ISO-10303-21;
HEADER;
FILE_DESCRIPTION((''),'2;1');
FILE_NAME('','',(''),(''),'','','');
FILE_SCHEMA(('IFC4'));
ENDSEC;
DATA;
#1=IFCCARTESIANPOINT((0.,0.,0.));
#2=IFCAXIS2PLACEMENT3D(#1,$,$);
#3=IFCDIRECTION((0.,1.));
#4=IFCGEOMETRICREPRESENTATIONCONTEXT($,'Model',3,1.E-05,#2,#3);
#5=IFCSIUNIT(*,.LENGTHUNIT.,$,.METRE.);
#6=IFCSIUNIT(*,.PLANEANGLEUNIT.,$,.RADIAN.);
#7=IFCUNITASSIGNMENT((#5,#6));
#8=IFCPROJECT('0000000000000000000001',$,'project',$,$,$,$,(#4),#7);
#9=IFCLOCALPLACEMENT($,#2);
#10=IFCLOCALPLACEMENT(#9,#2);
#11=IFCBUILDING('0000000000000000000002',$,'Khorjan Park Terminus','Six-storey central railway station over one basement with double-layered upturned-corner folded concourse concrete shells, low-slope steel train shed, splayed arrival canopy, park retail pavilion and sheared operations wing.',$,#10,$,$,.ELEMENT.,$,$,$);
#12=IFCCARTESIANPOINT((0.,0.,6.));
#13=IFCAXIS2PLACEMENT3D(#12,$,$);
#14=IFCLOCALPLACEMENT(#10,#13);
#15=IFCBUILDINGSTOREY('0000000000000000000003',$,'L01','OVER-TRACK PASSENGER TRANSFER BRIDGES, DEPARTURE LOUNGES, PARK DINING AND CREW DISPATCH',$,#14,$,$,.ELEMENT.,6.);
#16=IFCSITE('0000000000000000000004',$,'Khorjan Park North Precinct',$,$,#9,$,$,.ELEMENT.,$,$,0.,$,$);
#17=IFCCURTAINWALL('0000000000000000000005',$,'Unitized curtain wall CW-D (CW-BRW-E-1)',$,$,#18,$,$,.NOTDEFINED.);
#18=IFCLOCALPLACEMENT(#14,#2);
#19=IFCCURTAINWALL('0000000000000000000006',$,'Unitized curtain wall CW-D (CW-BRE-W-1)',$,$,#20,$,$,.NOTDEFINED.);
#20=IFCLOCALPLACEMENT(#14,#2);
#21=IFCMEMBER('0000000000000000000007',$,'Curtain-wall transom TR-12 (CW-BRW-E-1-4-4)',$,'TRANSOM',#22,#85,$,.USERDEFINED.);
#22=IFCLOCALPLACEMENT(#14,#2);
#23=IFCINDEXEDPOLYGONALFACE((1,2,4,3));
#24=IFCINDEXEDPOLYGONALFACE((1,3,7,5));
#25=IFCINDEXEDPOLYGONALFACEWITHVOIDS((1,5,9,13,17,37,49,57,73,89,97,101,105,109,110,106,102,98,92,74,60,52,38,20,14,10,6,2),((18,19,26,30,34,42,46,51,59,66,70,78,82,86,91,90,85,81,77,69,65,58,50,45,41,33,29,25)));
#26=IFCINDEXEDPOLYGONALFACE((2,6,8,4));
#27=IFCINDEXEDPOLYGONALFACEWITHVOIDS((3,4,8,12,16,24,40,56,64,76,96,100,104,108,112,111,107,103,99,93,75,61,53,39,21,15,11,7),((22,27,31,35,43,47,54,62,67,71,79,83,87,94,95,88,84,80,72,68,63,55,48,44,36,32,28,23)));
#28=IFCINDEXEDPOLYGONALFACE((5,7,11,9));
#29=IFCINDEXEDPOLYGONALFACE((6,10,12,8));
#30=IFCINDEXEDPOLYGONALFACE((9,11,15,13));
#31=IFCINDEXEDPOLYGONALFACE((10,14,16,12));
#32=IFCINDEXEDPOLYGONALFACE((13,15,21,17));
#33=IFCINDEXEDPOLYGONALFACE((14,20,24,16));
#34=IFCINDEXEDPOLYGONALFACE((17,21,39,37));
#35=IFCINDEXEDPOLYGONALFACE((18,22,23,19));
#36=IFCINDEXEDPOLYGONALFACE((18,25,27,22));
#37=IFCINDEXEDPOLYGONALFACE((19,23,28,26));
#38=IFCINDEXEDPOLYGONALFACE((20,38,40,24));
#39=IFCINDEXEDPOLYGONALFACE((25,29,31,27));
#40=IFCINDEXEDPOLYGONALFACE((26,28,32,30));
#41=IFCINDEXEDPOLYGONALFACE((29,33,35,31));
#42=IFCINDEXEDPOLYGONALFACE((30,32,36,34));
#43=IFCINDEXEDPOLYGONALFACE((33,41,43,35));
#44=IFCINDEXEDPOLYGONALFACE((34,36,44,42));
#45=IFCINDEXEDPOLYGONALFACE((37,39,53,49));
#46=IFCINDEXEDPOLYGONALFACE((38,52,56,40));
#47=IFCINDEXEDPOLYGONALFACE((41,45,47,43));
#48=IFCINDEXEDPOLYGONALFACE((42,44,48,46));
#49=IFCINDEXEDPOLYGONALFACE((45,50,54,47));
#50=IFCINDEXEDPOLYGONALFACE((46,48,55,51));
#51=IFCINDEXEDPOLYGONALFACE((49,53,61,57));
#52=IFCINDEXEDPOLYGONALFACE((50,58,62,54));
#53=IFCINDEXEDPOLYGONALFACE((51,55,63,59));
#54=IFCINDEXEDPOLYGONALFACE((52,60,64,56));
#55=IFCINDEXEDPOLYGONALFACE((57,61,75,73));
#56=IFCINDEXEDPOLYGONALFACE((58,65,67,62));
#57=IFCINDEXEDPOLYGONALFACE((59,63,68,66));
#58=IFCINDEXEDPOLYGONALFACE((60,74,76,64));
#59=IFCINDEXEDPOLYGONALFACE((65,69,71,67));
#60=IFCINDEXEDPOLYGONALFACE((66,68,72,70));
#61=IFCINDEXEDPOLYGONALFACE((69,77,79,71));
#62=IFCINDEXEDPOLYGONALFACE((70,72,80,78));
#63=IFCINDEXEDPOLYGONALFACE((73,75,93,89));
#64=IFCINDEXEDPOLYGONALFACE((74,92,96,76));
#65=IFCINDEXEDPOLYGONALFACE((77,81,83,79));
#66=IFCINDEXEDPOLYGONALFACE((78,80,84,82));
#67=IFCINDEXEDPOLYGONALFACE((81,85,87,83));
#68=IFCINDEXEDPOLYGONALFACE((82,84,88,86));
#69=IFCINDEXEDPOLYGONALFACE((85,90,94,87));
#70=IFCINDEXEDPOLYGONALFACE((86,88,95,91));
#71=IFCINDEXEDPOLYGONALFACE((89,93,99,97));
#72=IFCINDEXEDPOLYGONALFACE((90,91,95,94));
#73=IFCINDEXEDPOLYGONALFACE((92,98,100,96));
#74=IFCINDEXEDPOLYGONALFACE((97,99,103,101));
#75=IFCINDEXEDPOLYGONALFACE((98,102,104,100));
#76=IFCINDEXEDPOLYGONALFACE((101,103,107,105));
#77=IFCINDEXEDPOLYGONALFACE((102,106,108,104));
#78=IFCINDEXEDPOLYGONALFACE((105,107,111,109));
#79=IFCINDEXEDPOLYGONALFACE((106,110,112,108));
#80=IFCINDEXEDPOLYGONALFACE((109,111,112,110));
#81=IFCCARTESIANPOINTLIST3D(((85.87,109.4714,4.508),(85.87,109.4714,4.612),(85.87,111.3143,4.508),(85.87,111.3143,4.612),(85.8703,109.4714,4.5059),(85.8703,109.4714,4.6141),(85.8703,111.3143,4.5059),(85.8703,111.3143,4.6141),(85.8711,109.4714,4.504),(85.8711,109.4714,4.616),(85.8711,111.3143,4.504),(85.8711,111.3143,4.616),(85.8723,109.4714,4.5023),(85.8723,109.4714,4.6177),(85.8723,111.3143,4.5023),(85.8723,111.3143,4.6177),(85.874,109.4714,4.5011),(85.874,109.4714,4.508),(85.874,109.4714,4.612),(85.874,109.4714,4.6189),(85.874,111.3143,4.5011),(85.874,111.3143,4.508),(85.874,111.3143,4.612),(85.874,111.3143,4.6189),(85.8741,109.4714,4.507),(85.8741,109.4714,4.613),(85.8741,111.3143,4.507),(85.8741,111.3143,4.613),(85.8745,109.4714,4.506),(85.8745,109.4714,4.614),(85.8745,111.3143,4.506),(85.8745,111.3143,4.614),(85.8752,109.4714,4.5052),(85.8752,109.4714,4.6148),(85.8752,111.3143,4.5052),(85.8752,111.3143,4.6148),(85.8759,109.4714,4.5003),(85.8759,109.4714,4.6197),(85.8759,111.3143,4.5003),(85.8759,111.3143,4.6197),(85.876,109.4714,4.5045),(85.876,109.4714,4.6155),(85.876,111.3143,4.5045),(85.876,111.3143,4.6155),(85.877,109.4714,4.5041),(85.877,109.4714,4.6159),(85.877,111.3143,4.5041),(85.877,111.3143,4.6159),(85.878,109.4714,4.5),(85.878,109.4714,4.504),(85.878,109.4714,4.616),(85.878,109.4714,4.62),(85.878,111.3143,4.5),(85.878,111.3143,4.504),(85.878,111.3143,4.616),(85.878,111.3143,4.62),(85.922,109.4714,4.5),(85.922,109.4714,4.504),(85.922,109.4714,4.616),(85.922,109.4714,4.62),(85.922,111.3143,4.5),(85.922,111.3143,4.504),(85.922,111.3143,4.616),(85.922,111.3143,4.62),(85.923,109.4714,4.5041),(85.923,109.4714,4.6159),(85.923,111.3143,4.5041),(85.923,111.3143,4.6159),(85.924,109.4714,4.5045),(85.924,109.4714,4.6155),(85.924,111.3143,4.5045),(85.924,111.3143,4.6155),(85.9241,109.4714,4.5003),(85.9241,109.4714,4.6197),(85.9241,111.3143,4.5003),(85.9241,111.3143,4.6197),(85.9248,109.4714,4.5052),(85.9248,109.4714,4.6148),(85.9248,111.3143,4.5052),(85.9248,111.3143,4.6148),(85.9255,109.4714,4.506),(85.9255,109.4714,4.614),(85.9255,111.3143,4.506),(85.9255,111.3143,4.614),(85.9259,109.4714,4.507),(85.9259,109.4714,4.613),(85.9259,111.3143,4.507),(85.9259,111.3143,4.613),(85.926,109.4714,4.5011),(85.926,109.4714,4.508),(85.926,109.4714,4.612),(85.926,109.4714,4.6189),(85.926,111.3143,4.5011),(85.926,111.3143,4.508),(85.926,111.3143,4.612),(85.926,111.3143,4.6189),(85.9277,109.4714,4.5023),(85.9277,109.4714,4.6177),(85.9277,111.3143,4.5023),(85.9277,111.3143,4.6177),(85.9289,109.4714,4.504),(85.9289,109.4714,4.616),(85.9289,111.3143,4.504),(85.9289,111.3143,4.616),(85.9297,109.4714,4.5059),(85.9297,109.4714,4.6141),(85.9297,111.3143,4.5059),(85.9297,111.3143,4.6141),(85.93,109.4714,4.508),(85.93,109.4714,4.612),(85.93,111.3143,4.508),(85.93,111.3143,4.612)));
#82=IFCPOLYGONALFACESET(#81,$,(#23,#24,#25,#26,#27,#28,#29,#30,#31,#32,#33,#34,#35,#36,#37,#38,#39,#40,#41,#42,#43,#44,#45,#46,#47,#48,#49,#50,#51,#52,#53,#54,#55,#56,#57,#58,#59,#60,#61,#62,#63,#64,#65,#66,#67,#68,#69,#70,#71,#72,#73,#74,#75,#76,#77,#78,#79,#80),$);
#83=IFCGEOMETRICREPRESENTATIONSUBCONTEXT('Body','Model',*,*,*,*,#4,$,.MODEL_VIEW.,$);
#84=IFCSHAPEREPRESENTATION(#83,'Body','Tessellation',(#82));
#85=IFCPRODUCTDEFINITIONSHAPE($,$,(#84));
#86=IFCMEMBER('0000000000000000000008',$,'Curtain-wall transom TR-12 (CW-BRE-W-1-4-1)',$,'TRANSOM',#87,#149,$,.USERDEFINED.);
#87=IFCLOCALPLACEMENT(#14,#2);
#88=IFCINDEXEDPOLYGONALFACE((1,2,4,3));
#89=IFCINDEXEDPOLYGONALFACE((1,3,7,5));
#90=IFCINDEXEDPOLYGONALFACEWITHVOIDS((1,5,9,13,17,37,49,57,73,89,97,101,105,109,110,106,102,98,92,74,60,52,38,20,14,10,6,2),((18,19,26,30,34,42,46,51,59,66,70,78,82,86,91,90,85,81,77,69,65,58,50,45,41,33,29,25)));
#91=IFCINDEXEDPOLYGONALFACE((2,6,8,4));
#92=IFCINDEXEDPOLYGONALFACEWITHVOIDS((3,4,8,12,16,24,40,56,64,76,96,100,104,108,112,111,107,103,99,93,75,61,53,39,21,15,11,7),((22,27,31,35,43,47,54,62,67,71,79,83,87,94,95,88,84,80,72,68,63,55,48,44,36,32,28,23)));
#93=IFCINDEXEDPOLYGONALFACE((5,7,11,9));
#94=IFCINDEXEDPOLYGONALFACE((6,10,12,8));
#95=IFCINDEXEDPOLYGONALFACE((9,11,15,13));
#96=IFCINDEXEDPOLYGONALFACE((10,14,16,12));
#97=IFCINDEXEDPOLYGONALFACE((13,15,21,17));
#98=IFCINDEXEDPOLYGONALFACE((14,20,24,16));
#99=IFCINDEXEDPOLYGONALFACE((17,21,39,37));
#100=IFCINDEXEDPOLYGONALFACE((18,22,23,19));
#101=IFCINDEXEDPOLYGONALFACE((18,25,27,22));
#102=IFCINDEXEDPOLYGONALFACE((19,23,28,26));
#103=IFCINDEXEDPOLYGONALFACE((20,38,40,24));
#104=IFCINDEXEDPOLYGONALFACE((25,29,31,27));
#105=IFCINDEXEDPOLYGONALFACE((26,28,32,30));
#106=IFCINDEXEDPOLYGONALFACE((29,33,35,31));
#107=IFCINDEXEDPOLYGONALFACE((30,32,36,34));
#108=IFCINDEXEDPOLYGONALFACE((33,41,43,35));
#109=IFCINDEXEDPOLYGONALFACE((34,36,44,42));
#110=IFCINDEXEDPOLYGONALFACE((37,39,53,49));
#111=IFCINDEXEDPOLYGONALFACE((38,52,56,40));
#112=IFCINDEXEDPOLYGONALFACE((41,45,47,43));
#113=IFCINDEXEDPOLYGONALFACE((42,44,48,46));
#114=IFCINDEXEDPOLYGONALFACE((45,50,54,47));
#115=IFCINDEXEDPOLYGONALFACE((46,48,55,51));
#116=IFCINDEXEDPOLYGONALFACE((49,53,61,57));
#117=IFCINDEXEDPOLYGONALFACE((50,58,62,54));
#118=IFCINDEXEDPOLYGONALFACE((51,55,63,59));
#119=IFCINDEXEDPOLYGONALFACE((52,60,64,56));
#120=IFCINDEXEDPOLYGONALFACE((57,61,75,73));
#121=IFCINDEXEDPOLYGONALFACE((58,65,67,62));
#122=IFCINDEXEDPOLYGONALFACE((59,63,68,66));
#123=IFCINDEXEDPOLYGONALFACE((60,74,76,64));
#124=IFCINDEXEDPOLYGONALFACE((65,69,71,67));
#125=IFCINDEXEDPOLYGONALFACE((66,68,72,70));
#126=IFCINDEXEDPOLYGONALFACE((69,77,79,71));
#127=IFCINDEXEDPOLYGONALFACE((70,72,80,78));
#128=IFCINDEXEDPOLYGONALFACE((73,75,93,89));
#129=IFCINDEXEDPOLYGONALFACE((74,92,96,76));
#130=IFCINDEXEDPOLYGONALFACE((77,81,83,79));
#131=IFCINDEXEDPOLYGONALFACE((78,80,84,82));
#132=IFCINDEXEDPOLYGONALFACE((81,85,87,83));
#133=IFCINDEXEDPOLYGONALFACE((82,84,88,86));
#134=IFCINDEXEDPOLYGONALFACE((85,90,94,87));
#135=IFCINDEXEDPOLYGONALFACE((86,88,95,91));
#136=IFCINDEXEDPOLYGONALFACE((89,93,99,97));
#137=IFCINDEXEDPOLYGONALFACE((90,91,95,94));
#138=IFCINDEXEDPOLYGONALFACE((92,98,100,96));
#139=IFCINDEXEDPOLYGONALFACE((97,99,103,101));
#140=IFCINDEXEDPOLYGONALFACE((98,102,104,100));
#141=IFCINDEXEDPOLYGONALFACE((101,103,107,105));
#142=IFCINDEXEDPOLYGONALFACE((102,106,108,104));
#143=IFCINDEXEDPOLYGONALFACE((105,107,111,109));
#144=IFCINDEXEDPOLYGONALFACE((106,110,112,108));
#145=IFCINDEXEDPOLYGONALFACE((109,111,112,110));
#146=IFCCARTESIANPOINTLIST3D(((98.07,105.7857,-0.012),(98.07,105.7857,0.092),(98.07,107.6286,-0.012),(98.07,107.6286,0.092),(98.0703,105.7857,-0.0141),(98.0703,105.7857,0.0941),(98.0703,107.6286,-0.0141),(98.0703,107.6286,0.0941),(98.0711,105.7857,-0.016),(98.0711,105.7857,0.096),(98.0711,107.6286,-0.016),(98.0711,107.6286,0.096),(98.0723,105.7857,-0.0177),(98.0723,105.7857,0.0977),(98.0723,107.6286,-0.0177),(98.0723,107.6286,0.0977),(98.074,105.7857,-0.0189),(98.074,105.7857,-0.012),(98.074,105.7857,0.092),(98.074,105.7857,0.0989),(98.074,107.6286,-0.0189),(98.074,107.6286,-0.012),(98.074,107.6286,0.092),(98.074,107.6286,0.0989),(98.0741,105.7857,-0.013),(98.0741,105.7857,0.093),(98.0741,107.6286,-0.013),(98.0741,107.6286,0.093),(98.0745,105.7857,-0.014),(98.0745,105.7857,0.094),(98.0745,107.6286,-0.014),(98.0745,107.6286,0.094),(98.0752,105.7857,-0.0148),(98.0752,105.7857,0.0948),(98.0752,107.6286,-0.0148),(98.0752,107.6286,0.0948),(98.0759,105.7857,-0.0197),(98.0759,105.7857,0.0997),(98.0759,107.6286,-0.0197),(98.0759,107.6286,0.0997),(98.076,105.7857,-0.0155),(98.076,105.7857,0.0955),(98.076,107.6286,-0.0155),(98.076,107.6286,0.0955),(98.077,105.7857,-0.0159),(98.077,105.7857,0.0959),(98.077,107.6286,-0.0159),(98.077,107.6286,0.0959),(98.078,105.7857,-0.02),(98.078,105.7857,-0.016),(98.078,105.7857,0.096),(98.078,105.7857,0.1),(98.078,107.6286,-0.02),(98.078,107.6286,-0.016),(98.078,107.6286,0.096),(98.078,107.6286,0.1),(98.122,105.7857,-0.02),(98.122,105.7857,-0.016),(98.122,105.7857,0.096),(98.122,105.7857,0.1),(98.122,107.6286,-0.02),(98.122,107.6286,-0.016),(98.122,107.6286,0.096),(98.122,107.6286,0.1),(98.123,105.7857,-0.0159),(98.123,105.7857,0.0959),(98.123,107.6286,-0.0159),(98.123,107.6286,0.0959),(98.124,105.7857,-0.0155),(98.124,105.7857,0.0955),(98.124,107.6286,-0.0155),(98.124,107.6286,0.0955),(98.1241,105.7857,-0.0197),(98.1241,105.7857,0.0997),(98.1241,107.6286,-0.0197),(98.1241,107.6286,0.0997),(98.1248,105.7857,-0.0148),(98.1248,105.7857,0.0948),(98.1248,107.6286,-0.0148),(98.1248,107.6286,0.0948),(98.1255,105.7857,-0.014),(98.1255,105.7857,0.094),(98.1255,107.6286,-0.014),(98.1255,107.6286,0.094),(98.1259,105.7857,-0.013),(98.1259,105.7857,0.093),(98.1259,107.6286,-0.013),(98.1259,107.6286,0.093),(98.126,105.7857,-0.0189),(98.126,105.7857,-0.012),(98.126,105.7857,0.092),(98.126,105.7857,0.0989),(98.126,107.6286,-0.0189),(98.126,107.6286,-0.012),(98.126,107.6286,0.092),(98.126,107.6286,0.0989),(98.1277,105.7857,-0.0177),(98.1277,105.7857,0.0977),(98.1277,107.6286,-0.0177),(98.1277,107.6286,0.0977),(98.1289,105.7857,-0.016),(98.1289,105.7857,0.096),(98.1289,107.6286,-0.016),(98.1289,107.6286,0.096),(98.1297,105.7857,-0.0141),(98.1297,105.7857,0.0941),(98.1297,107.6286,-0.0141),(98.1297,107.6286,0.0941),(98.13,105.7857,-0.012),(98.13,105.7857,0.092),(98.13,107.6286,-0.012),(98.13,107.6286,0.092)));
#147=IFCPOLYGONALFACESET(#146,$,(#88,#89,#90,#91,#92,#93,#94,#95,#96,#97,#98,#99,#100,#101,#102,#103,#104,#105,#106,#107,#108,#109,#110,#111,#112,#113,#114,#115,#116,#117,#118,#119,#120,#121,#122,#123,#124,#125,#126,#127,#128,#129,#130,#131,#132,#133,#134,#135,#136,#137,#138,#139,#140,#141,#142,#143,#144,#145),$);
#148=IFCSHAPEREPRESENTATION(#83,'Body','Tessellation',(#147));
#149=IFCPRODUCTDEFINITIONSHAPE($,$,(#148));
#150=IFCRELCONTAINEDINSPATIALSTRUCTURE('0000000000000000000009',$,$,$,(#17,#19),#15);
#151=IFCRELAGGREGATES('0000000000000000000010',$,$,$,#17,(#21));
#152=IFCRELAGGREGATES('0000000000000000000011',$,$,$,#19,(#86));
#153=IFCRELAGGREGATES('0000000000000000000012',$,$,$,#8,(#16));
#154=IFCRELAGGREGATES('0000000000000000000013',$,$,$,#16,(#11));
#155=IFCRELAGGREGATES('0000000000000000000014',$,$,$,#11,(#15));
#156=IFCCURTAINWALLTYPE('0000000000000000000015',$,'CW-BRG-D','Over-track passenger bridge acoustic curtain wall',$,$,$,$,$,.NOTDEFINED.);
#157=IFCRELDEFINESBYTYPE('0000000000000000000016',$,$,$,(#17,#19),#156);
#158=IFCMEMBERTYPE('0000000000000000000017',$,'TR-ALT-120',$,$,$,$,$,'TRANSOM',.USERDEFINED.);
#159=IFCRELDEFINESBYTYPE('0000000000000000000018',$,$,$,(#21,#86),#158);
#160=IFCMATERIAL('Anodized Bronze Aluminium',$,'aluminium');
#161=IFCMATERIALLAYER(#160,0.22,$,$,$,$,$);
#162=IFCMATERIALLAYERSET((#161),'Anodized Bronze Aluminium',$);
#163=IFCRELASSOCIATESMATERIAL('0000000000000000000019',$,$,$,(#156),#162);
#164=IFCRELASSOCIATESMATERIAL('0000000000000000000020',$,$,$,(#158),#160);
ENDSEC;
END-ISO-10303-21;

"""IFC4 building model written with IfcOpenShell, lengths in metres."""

from ifc_helpers import new_model, si_unit, direction, frame, origin, origin_2d, place, context, subcontext, project, spatial, hollow_rectangle, extrude, material, layer, layer_set, material_profile, profile_set, type_object, element, aggregate, save


model = new_model("IFC4")

# Units and contexts
model_context = context("Model", 3, precision=1e-05, world=origin(), true_north=direction((0.0, 1.0)))
body_context = subcontext(model_context, "Body", "Model", "MODEL_VIEW")
ifc_project = project(units=[si_unit("LENGTHUNIT", "METRE"), si_unit("PLANEANGLEUNIT", "RADIAN")], contexts=[model_context])

# Site, building, storey
site_placement = place(None, origin())
site = spatial("IfcSite", under=ifc_project, at=site_placement, Name="Khorjan Park North Precinct", CompositionType="ELEMENT", RefElevation=0.0)
building_placement = place(site_placement, origin())
building = spatial("IfcBuilding", under=site, at=building_placement, Name="Khorjan Park Terminus", Description="Six-storey central railway station over one basement with double-layered upturned-corner folded concourse concrete shells, low-slope steel train shed, splayed arrival canopy, park retail pavilion and sheared operations wing.", CompositionType="ELEMENT")
storey_placement = place(building_placement, frame((0.0, 0.0, 6.0)))
storey = spatial("IfcBuildingStorey", under=building, at=storey_placement, Name="L01", Description="OVER-TRACK PASSENGER TRANSFER BRIDGES, DEPARTURE LOUNGES, PARK DINING AND CREW DISPATCH", CompositionType="ELEMENT", Elevation=6.0)

# Curtain walls
ifc_material_1 = material(Name="Anodized Bronze Aluminium", Category="aluminium")
ifc_layer_1 = layer(ifc_material_1, 0.22)
ifc_layer_set_1 = layer_set([ifc_layer_1], Name="Anodized Bronze Aluminium")
curtain_wall_type = type_object("IfcCurtainWallType", Name="CW-BRG-D", Description="Over-track passenger bridge acoustic curtain wall", PredefinedType="NOTDEFINED", material=ifc_layer_set_1)
curtain_wall_1_placement = place(storey_placement, origin())
curtain_wall_1 = element("IfcCurtainWall", 1, at=curtain_wall_1_placement, inside=storey, type_object=curtain_wall_type, Name="Unitized curtain wall CW-D (CW-BRW-E-1)", PredefinedType="NOTDEFINED")
curtain_wall_2_placement = place(storey_placement, origin())
curtain_wall_2 = element("IfcCurtainWall", 2, at=curtain_wall_2_placement, inside=storey, type_object=curtain_wall_type, Name="Unitized curtain wall CW-D (CW-BRE-W-1)", PredefinedType="NOTDEFINED")

# Members
ifc_material_profile_1 = material_profile(ifc_material_1, hollow_rectangle(XDim=0.06, YDim=0.12, WallThickness=0.004, InnerFilletRadius=0.004, OuterFilletRadius=0.008, at=origin_2d()), Name="ALT 60x120x4")
ifc_profile_set_1 = profile_set([ifc_material_profile_1], Name="Anodized Bronze Aluminium")
member_type_1 = type_object("IfcMemberType", Name="TR-ALT-120", ElementType="TRANSOM", PredefinedType="USERDEFINED", material=ifc_profile_set_1)
member_1_placement = place(storey_placement, frame((85.9, 109.4714, 4.56), z_axis=(0.0, 1.0, 0.0), x_axis=(-1.0, 0.0, 0.0)))
member_1 = element("IfcMember", 3, at=member_1_placement, type_object=member_type_1, Name="Curtain-wall transom TR-12 (CW-BRW-E-1-4-4)", ObjectType="TRANSOM", PredefinedType="USERDEFINED", context=body_context, shape_type="SweptSolid", body=[
    extrude(hollow_rectangle(XDim=0.06, YDim=0.12, WallThickness=0.004, InnerFilletRadius=0.004, OuterFilletRadius=0.008, at=origin_2d()), origin(), (0.0, 0.0, 1.0), 1.8429),
])
member_2_placement = place(storey_placement, frame((98.1, 107.6286, 0.04), z_axis=(0.0, -1.0, 0.0), x_axis=(1.0, 0.0, 0.0)))
member_2 = element("IfcMember", 4, at=member_2_placement, type_object=member_type_1, Name="Curtain-wall transom TR-12 (CW-BRE-W-1-4-1)", ObjectType="TRANSOM", PredefinedType="USERDEFINED", context=body_context, shape_type="SweptSolid", body=[
    extrude(hollow_rectangle(XDim=0.06, YDim=0.12, WallThickness=0.004, InnerFilletRadius=0.004, OuterFilletRadius=0.008, at=origin_2d()), origin(), (0.0, 0.0, 1.0), 1.8429),
])

aggregate(curtain_wall_1, [member_1])
aggregate(curtain_wall_2, [member_2])

save(model, "model.ifc")
